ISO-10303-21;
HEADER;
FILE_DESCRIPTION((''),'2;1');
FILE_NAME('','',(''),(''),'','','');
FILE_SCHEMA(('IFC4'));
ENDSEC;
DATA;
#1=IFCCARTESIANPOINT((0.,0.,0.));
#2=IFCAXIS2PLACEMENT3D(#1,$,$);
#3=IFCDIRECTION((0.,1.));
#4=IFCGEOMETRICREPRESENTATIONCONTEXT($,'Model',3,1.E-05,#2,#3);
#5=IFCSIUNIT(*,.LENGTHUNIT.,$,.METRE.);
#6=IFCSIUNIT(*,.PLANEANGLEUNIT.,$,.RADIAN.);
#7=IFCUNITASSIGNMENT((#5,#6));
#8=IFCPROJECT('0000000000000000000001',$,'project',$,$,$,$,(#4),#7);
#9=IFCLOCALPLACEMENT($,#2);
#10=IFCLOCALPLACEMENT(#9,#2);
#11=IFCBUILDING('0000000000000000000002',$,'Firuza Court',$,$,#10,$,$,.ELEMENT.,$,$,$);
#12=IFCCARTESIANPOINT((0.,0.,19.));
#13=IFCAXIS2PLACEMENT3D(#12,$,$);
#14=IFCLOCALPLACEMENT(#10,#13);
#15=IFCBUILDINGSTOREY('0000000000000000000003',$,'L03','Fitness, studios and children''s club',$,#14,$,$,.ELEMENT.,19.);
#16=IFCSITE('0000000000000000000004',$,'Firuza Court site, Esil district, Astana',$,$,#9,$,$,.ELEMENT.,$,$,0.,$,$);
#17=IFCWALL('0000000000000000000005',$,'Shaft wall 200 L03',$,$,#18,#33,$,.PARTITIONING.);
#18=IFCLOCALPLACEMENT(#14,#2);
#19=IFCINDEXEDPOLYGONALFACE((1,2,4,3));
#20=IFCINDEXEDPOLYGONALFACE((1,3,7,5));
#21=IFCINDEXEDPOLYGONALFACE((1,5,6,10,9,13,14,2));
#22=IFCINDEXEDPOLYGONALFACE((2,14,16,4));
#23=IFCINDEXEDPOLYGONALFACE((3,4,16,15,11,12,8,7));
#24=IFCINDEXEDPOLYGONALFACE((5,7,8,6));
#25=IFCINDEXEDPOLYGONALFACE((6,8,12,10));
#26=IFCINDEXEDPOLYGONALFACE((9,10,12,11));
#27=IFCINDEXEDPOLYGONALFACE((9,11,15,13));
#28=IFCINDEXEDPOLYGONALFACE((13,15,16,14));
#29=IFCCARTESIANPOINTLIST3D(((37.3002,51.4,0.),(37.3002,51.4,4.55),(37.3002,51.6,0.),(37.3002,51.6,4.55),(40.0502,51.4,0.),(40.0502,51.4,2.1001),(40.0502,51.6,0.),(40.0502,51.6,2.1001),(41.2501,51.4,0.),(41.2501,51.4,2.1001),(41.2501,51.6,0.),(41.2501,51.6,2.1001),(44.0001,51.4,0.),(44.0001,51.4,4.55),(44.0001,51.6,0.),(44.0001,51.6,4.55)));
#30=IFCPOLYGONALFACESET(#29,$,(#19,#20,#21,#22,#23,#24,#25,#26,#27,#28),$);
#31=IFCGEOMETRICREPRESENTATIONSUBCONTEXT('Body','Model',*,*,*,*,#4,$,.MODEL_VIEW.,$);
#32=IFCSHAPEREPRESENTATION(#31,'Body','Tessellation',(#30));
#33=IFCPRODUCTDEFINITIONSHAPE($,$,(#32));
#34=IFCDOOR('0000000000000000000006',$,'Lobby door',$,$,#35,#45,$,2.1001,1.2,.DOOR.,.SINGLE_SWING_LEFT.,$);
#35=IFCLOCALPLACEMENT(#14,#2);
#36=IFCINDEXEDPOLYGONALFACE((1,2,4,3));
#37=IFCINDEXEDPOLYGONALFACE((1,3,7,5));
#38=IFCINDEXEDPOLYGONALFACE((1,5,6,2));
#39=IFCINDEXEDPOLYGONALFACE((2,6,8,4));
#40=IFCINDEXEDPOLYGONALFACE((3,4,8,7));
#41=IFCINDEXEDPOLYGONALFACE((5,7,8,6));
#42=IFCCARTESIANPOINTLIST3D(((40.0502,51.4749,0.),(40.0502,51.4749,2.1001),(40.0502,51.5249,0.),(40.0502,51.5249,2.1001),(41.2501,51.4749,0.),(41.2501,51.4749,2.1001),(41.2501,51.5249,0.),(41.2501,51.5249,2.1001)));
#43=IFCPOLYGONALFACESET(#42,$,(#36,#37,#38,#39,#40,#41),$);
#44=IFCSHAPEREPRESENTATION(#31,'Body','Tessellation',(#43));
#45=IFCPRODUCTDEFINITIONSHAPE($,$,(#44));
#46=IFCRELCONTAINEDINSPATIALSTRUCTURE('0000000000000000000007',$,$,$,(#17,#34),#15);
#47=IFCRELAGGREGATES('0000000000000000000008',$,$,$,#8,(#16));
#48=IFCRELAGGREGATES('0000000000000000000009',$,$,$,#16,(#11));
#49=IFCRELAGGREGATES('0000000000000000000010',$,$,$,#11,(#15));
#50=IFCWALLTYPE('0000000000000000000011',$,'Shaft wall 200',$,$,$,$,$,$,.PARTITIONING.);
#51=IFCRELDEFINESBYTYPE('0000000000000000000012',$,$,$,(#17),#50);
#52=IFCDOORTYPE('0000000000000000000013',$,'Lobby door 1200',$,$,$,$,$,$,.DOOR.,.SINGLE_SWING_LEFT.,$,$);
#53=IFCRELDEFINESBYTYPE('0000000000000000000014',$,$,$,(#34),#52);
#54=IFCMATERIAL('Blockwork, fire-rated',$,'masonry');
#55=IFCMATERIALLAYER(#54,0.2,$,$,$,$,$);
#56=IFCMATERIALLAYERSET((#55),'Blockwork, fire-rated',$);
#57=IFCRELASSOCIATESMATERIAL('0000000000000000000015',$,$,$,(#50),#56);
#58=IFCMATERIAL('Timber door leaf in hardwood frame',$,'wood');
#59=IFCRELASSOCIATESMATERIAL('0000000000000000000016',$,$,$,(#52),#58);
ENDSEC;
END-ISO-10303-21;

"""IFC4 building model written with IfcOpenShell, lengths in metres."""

from ifc_helpers import new_model, si_unit, direction, frame, frame_2d, origin, place, context, subcontext, project, spatial, rectangle, extrude, material, layer, layer_set, type_object, element, fill, save


model = new_model("IFC4")

# Units and contexts
model_context = context("Model", 3, precision=1e-05, world=origin(), true_north=direction((0.0, 1.0)))
body_context = subcontext(model_context, "Body", "Model", "MODEL_VIEW")
ifc_project = project(units=[si_unit("LENGTHUNIT", "METRE"), si_unit("PLANEANGLEUNIT", "RADIAN")], contexts=[model_context])

# Site, building, storey
site_placement = place(None, origin())
site = spatial("IfcSite", under=ifc_project, at=site_placement, Name="Firuza Court site, Esil district, Astana", CompositionType="ELEMENT", RefElevation=0.0)
building_placement = place(site_placement, origin())
building = spatial("IfcBuilding", under=site, at=building_placement, Name="Firuza Court", CompositionType="ELEMENT")
storey_placement = place(building_placement, frame((0.0, 0.0, 19.0)))
storey = spatial("IfcBuildingStorey", under=building, at=storey_placement, Name="L03", Description="Fitness, studios and children's club", CompositionType="ELEMENT", Elevation=19.0)

# Shared definitions
ifc_material_1 = material(Name="Blockwork, fire-rated", Category="masonry")

# Shared definitions
ifc_layer_1 = layer(ifc_material_1, 0.2)
ifc_layer_set_1 = layer_set([ifc_layer_1], Name="Blockwork, fire-rated")
wall_type_1 = type_object("IfcWallType", Name="Shaft wall 200", PredefinedType="PARTITIONING", material=ifc_layer_set_1)

# Wall, opening, door
wall_1_placement = place(storey_placement, frame((37.3, 51.5, 0.0), z_axis=(0.0, 0.0, 1.0), x_axis=(1.0, 0.0, 0.0)))
wall_1 = element("IfcWall", 1, at=wall_1_placement, inside=storey, type_object=wall_type_1, Name="Shaft wall 200 L03", PredefinedType="PARTITIONING", context=body_context, shape_type="SweptSolid", body=[
    extrude(rectangle(XDim=6.7, YDim=0.2, at=frame_2d((3.3501, 0.0))), origin(), (0.0, 0.0, 1.0), 4.55),
])
opening_1_placement = place(wall_1_placement, frame((2.75, 0.0, 0.0)))
opening_1 = element("IfcOpeningElement", 2, at=opening_1_placement, cuts=wall_1, PredefinedType="OPENING", context=body_context, shape_type="SweptSolid", body=[
    extrude(rectangle(XDim=1.2, YDim=2.1001, at=frame_2d((0.6001, 1.05))), frame((0.0, 0.1118, 0.0), z_axis=(0.0, -1.0, 0.0), x_axis=(1.0, 0.0, 0.0)), (0.0, 0.0, 1.0), 0.2239),
])
ifc_material_2 = material(Name="Timber door leaf in hardwood frame", Category="wood")
door_type_1 = type_object("IfcDoorType", Name="Lobby door 1200", OperationType="SINGLE_SWING_LEFT", PredefinedType="DOOR", material=ifc_material_2)
door_1_placement = place(opening_1_placement, origin())
door_1 = element("IfcDoor", 3, at=door_1_placement, inside=storey, type_object=door_type_1, Name="Lobby door", OperationType="SINGLE_SWING_LEFT", OverallHeight=2.1001, OverallWidth=1.2, PredefinedType="DOOR", context=body_context, shape_type="SweptSolid", body=[
    extrude(rectangle(XDim=1.2, YDim=2.1001, at=frame_2d((0.6001, 1.05))), frame((0.0, 0.0249, 0.0), z_axis=(0.0, -1.0, 0.0), x_axis=(1.0, 0.0, 0.0)), (0.0, 0.0, 1.0), 0.05),
])
fill(opening_1, door_1)

save(model, "model.ifc")
